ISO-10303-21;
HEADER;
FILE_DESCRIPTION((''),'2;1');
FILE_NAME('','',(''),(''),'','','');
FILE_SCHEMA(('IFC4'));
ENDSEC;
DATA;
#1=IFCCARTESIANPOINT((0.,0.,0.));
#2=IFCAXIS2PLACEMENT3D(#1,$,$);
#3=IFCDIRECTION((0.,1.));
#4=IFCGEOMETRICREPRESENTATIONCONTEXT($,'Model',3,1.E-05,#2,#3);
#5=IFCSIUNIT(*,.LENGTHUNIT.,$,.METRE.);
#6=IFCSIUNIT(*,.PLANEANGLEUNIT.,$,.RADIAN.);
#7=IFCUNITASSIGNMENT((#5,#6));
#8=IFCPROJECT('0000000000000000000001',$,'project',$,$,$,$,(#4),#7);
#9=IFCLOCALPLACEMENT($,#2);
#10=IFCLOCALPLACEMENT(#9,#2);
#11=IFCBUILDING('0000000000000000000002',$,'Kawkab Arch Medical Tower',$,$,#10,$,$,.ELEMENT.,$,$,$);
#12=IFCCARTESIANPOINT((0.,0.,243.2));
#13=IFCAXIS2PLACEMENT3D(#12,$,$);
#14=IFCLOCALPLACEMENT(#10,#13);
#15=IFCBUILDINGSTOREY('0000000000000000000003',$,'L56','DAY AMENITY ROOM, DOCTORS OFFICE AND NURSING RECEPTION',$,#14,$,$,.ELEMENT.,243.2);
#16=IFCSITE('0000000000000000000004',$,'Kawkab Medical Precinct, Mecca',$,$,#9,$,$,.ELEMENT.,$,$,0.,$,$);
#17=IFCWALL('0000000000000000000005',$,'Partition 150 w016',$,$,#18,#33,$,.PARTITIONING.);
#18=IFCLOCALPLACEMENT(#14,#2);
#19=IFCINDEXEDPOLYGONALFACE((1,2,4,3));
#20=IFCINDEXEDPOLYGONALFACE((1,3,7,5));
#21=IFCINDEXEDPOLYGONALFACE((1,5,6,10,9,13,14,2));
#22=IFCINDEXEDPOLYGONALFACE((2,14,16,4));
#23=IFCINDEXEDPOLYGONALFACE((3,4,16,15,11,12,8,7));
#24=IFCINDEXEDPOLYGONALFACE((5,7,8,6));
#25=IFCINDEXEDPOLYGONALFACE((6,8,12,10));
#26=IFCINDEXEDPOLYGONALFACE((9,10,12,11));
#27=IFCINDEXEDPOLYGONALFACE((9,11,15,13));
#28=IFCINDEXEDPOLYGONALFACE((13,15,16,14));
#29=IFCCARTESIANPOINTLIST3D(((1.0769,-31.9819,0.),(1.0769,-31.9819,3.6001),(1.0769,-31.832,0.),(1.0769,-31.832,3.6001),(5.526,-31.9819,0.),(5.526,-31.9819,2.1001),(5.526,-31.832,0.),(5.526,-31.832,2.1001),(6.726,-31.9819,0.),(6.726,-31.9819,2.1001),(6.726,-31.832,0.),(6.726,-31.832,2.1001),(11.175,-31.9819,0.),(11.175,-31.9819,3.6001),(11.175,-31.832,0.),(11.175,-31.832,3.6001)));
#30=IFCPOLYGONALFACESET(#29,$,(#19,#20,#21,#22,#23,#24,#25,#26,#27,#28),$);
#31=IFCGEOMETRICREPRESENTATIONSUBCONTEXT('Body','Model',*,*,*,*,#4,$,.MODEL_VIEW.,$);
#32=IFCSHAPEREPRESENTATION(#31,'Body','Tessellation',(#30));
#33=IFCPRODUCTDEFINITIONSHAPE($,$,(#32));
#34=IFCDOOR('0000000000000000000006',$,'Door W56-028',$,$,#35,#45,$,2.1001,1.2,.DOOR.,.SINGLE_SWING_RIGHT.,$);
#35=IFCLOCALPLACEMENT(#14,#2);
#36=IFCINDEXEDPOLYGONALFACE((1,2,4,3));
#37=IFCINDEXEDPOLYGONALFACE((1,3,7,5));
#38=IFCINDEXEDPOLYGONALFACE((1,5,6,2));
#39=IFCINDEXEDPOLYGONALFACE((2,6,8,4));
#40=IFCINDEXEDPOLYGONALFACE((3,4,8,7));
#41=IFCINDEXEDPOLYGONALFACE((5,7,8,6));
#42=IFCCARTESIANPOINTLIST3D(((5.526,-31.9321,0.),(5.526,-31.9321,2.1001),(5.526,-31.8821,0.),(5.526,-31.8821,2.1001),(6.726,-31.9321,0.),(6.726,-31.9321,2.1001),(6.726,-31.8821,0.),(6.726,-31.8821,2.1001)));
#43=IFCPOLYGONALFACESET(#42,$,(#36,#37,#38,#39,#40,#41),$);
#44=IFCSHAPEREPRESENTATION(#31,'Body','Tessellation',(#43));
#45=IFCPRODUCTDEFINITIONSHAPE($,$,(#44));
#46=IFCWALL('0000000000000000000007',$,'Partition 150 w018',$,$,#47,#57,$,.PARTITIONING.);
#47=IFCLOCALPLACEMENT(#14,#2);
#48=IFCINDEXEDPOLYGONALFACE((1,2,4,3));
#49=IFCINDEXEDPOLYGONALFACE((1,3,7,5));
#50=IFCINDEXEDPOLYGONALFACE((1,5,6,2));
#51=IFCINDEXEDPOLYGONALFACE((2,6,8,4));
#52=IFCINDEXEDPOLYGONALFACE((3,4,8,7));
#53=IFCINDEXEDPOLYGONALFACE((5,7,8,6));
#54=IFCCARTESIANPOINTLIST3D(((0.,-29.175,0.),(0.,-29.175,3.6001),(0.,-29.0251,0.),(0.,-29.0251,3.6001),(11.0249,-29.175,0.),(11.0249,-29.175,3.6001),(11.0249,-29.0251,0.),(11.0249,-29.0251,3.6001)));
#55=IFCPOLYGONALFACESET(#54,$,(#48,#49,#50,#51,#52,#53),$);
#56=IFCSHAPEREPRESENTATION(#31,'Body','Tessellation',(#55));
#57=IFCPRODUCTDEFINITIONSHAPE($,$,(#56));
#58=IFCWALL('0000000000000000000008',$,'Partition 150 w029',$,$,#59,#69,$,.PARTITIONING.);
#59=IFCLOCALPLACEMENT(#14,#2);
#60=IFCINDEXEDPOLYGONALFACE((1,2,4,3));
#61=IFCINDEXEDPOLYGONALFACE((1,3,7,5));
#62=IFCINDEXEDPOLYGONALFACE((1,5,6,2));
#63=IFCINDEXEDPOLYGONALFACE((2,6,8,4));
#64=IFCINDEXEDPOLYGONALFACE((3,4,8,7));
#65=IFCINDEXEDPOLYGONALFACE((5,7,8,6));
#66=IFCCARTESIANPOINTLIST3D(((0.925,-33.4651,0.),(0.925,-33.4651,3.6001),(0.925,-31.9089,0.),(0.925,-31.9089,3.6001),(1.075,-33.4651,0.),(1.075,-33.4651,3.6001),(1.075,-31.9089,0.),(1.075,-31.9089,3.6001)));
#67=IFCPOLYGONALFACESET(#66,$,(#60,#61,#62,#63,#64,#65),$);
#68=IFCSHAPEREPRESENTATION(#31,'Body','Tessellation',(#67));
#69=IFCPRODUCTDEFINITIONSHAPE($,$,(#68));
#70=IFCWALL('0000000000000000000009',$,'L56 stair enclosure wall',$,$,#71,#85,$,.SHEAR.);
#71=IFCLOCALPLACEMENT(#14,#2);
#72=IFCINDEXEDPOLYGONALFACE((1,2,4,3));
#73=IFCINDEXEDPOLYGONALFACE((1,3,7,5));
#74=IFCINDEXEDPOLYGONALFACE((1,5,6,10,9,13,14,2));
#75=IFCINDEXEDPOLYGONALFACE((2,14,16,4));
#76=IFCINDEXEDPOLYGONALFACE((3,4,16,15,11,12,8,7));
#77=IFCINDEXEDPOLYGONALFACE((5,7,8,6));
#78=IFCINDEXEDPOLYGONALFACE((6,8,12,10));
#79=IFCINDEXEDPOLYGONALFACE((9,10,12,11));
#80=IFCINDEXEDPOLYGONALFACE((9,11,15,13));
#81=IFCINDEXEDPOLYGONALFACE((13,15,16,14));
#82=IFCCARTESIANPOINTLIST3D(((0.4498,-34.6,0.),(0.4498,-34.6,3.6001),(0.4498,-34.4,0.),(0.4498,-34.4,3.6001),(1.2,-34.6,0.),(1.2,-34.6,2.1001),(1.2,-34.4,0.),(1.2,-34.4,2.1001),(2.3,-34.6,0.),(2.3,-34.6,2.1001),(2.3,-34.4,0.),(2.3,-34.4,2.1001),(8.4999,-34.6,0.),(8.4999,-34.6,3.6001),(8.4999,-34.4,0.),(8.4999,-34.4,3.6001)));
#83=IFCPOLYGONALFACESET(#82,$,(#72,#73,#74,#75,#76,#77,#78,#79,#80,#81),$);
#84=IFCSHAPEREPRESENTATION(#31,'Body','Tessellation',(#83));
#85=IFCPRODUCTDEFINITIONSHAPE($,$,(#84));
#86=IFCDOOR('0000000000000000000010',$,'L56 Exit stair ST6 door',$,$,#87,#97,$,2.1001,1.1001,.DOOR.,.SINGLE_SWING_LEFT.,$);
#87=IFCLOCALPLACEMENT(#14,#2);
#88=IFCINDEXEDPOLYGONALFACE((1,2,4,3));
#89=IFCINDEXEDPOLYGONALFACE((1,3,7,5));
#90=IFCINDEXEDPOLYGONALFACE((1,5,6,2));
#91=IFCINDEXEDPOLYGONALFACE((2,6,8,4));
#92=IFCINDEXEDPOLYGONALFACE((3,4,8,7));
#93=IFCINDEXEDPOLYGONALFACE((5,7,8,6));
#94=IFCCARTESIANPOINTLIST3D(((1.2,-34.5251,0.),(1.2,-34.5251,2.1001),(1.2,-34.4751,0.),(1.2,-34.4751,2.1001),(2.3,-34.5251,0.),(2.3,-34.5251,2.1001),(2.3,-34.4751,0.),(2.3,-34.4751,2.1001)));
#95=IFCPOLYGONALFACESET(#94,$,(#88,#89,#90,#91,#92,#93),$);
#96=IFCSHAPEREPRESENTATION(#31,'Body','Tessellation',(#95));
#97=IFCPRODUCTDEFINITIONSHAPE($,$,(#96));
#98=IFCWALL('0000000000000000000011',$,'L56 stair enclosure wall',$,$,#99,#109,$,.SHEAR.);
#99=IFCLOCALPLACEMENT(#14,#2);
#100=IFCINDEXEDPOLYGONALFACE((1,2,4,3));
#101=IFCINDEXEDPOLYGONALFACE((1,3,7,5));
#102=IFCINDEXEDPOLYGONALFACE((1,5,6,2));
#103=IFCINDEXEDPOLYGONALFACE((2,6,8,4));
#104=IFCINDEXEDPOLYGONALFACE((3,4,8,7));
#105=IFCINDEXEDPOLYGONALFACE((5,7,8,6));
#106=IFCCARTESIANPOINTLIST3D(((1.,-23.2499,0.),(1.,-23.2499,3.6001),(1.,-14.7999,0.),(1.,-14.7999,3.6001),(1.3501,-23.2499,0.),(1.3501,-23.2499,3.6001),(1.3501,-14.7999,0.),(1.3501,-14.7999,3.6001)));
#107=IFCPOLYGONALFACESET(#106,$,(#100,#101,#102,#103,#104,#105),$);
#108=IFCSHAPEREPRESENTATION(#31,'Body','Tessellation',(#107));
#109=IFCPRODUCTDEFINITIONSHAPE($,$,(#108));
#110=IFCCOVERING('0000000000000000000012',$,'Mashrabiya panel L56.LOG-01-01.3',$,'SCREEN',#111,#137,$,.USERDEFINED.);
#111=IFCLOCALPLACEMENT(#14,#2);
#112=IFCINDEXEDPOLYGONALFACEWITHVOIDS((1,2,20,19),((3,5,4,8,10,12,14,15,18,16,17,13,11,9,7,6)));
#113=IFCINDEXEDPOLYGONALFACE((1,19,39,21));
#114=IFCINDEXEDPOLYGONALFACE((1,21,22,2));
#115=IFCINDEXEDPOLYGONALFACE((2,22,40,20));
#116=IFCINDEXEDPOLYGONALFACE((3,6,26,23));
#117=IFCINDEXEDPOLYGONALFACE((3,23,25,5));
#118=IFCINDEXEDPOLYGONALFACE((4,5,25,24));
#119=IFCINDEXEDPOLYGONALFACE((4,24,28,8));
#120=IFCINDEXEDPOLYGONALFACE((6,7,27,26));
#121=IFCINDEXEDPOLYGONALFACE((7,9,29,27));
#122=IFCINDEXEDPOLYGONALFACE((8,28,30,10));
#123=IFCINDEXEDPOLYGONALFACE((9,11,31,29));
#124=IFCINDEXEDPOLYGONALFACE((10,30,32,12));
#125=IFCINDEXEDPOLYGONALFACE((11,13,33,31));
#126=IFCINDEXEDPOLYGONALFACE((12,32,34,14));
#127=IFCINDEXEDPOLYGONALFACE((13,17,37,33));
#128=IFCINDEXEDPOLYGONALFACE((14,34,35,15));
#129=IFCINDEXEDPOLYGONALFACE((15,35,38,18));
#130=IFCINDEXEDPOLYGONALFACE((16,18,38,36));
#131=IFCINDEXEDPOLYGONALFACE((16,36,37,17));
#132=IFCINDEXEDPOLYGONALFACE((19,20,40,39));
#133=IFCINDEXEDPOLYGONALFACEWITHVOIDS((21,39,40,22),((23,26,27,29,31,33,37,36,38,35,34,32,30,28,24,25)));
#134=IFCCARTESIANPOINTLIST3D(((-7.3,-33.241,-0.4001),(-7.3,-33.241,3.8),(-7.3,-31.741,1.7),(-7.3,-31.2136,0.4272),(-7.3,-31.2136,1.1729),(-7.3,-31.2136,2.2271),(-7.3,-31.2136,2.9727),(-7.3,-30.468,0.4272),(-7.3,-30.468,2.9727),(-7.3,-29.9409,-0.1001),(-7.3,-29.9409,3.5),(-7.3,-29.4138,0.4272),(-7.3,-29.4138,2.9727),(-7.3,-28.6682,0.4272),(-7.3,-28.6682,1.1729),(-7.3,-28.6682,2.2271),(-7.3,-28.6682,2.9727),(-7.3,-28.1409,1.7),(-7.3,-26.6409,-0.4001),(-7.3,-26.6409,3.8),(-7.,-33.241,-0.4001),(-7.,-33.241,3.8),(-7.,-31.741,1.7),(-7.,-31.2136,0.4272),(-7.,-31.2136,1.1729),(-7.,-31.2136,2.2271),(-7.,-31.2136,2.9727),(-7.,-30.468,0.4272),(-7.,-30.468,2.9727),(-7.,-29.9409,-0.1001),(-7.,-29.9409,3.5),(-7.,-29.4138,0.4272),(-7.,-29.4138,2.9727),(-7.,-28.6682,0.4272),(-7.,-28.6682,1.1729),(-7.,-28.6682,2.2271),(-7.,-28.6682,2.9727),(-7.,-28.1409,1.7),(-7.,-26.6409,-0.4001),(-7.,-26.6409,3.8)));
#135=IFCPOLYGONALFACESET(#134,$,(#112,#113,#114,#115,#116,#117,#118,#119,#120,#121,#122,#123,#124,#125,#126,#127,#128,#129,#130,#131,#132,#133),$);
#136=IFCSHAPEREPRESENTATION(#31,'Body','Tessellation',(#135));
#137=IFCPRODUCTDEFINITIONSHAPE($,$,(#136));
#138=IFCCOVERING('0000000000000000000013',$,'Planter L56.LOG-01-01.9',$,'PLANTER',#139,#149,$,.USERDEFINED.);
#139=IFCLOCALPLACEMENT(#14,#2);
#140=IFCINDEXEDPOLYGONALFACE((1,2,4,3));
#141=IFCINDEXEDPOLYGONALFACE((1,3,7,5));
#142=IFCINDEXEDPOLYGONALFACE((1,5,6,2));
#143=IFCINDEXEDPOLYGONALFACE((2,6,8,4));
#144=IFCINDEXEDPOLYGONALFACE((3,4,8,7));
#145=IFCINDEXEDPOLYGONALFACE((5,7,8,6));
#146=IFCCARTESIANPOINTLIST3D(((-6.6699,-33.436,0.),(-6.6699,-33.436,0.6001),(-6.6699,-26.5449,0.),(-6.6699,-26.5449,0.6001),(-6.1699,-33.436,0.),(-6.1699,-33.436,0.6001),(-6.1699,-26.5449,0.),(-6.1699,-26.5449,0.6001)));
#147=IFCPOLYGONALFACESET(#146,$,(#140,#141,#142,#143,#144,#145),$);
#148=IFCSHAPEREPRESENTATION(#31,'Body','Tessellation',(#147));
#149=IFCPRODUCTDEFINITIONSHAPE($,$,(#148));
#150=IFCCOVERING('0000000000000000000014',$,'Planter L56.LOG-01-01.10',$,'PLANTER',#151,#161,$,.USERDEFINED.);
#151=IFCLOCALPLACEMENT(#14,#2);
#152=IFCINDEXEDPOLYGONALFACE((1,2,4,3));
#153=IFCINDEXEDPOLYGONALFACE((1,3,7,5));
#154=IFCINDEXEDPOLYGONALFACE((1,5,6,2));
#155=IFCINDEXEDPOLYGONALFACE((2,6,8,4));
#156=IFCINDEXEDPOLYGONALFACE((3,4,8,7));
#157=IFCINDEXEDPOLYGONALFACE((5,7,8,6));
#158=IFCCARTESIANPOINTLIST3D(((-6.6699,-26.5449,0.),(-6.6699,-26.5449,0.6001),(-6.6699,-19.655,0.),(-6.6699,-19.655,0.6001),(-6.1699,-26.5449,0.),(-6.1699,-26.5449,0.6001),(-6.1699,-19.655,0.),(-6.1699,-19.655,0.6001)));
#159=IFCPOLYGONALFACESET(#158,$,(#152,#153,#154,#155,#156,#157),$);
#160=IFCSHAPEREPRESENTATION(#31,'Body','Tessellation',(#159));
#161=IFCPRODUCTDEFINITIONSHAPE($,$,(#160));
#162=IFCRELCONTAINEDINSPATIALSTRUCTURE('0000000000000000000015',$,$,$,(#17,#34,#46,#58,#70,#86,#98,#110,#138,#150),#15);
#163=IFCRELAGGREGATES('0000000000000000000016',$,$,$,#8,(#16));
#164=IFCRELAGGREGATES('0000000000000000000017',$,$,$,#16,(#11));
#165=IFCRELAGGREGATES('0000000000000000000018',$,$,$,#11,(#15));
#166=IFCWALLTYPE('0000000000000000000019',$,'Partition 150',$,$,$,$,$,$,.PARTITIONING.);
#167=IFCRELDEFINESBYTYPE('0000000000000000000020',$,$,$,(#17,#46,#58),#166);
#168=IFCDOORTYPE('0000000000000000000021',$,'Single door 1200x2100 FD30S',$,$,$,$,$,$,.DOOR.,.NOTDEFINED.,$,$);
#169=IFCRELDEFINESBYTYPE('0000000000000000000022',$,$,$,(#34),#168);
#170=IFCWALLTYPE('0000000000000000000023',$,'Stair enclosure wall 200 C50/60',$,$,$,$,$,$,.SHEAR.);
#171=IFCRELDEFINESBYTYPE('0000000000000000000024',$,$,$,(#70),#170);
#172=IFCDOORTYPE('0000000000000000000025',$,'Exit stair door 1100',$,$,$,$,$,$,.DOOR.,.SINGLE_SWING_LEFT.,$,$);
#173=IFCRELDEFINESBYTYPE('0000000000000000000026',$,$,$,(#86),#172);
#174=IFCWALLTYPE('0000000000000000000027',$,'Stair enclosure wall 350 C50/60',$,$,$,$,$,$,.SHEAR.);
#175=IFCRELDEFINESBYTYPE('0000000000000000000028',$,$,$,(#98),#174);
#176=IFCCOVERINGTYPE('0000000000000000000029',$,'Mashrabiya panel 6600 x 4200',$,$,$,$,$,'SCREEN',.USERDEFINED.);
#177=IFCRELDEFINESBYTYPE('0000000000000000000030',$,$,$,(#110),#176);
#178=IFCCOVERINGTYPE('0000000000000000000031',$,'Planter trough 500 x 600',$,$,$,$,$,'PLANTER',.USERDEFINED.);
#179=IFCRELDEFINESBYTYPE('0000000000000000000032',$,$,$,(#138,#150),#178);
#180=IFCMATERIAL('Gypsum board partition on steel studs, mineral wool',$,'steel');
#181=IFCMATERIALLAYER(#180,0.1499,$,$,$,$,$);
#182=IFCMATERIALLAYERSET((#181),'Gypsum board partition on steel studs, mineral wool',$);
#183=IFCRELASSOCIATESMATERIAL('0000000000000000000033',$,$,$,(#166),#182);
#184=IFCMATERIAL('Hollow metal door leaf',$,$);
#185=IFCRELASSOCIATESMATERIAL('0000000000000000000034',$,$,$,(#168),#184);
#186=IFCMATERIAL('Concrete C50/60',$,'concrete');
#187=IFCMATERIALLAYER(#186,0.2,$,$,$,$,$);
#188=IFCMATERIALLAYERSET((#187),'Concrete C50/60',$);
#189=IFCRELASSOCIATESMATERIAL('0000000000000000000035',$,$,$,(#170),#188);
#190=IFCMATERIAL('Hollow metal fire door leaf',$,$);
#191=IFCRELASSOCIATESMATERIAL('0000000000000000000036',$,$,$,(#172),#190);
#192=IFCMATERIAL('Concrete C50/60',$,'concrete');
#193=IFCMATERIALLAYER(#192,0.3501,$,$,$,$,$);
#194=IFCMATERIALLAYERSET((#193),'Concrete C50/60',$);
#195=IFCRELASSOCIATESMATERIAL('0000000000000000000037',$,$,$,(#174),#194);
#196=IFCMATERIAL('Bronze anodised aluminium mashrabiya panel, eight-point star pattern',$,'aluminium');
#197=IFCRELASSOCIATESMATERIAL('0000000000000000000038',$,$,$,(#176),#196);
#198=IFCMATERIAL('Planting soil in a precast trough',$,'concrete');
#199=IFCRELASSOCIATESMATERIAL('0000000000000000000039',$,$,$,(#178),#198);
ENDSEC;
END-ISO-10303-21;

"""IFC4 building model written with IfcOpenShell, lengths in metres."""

from ifc_helpers import new_model, si_unit, direction, frame, frame_2d, origin, origin_2d, place, context, subcontext, project, spatial, polyline, rectangle, outline, extrude, material, layer, layer_set, material_profile, profile_set, type_object, element, fill, save


model = new_model("IFC4")

# Units and contexts
model_context = context("Model", 3, precision=1e-05, world=origin(), true_north=direction((0.0, 1.0)))
body_context = subcontext(model_context, "Body", "Model", "MODEL_VIEW")
ifc_project = project(units=[si_unit("LENGTHUNIT", "METRE"), si_unit("PLANEANGLEUNIT", "RADIAN")], contexts=[model_context])

# Site, building, storey
site_placement = place(None, origin())
site = spatial("IfcSite", under=ifc_project, at=site_placement, Name="Kawkab Medical Precinct, Mecca", CompositionType="ELEMENT", RefElevation=0.0)
building_placement = place(site_placement, origin())
building = spatial("IfcBuilding", under=site, at=building_placement, Name="Kawkab Arch Medical Tower", CompositionType="ELEMENT")
storey_placement = place(building_placement, frame((0.0, 0.0, 243.2)))
storey = spatial("IfcBuildingStorey", under=building, at=storey_placement, Name="L56", Description="DAY AMENITY ROOM, DOCTORS OFFICE AND NURSING RECEPTION", CompositionType="ELEMENT", Elevation=243.2)

# Shared definitions
ifc_material_1 = material(Name="Gypsum board partition on steel studs, mineral wool", Category="steel")
ifc_layer_1 = layer(ifc_material_1, 0.1499)
ifc_layer_set_1 = layer_set([ifc_layer_1], Name="Gypsum board partition on steel studs, mineral wool")
wall_type_1 = type_object("IfcWallType", Name="Partition 150", PredefinedType="PARTITIONING", material=ifc_layer_set_1)

# Wall, opening, door
wall_1_placement = place(storey_placement, frame((1.0769, -31.907, 0.0), z_axis=(0.0, 0.0, 1.0), x_axis=(1.0, 0.0, 0.0)))
wall_1 = element("IfcWall", 1, at=wall_1_placement, inside=storey, type_object=wall_type_1, Name="Partition 150 w016", PredefinedType="PARTITIONING", context=body_context, shape_type="SweptSolid", body=[
    extrude(rectangle(XDim=10.0981, YDim=0.1499, at=frame_2d((5.0491, 0.0))), origin(), (0.0, 0.0, 1.0), 3.6001),
])
opening_1_placement = place(wall_1_placement, frame((4.449, 0.0, 0.0)))
opening_1 = element("IfcOpeningElement", 2, at=opening_1_placement, cuts=wall_1, PredefinedType="OPENING", context=body_context, shape_type="SweptSolid", body=[
    extrude(rectangle(XDim=1.2, YDim=2.1001, at=frame_2d((0.6001, 1.05))), frame((0.0, 0.085, 0.0), z_axis=(0.0, -1.0, 0.0), x_axis=(1.0, 0.0, 0.0)), (0.0, 0.0, 1.0), 0.1699),
])
ifc_material_2 = material(Name="Hollow metal door leaf")
door_type_1 = type_object("IfcDoorType", Name="Single door 1200x2100 FD30S", OperationType="NOTDEFINED", PredefinedType="DOOR", material=ifc_material_2)
door_1_placement = place(opening_1_placement, origin())
door_1 = element("IfcDoor", 3, at=door_1_placement, inside=storey, type_object=door_type_1, Name="Door W56-028", OperationType="SINGLE_SWING_RIGHT", OverallHeight=2.1001, OverallWidth=1.2, PredefinedType="DOOR", context=body_context, shape_type="SweptSolid", body=[
    extrude(rectangle(XDim=1.2, YDim=2.1001, at=frame_2d((0.6001, 1.05))), frame((0.0, 0.0249, 0.0), z_axis=(0.0, -1.0, 0.0), x_axis=(1.0, 0.0, 0.0)), (0.0, 0.0, 1.0), 0.05),
])
fill(opening_1, door_1)

# Walls
wall_2_placement = place(storey_placement, frame((0.0, -29.1001, 0.0), z_axis=(0.0, 0.0, 1.0), x_axis=(1.0, 0.0, 0.0)))
element("IfcWall", 4, at=wall_2_placement, inside=storey, type_object=wall_type_1, Name="Partition 150 w018", PredefinedType="PARTITIONING", context=body_context, shape_type="SweptSolid", body=[
    extrude(rectangle(XDim=11.0249, YDim=0.1499, at=frame_2d((5.5125, 0.0))), origin(), (0.0, 0.0, 1.0), 3.6001),
])
wall_3_placement = place(storey_placement, frame((1.0, -33.4651, 0.0), z_axis=(0.0, 0.0, 1.0), x_axis=(0.0, 1.0, 0.0)))
element("IfcWall", 5, at=wall_3_placement, inside=storey, type_object=wall_type_1, Name="Partition 150 w029", PredefinedType="PARTITIONING", context=body_context, shape_type="SweptSolid", body=[
    extrude(rectangle(XDim=1.5562, YDim=0.1499, at=frame_2d((0.7781, 0.0))), origin(), (0.0, 0.0, 1.0), 3.6001),
])

# Wall, opening, door
ifc_material_3 = material(Name="Concrete C50/60", Category="concrete")
ifc_layer_2 = layer(ifc_material_3, 0.2)
ifc_layer_set_2 = layer_set([ifc_layer_2], Name="Concrete C50/60")
wall_type_2 = type_object("IfcWallType", Name="Stair enclosure wall 200 C50/60", PredefinedType="SHEAR", material=ifc_layer_set_2)
wall_4_placement = place(storey_placement, frame((0.45, -34.5, 0.0), z_axis=(0.0, 0.0, 1.0), x_axis=(1.0, 0.0, 0.0)))
wall_4 = element("IfcWall", 6, at=wall_4_placement, inside=storey, type_object=wall_type_2, Name="L56 stair enclosure wall", PredefinedType="SHEAR", context=body_context, shape_type="SweptSolid", body=[
    extrude(rectangle(XDim=8.05, YDim=0.2, at=frame_2d((4.0249, 0.0))), origin(), (0.0, 0.0, 1.0), 3.6001),
])
opening_2_placement = place(wall_4_placement, frame((0.75, 0.0, 0.0)))
opening_2 = element("IfcOpeningElement", 7, at=opening_2_placement, cuts=wall_4, PredefinedType="OPENING", context=body_context, shape_type="SweptSolid", body=[
    extrude(rectangle(XDim=1.1001, YDim=2.1001, at=frame_2d((0.55, 1.05))), frame((0.0, 0.1099, 0.0), z_axis=(0.0, -1.0, 0.0), x_axis=(1.0, 0.0, 0.0)), (0.0, 0.0, 1.0), 0.22),
])
ifc_material_4 = material(Name="Hollow metal fire door leaf")
door_type_2 = type_object("IfcDoorType", Name="Exit stair door 1100", OperationType="SINGLE_SWING_LEFT", PredefinedType="DOOR", material=ifc_material_4)
door_2_placement = place(opening_2_placement, origin())
door_2 = element("IfcDoor", 8, at=door_2_placement, inside=storey, type_object=door_type_2, Name="L56 Exit stair ST6 door", OperationType="SINGLE_SWING_LEFT", OverallHeight=2.1001, OverallWidth=1.1001, PredefinedType="DOOR", context=body_context, shape_type="SweptSolid", body=[
    extrude(rectangle(XDim=1.1001, YDim=2.1001, at=frame_2d((0.55, 1.05))), frame((0.0, 0.0249, 0.0), z_axis=(0.0, -1.0, 0.0), x_axis=(1.0, 0.0, 0.0)), (0.0, 0.0, 1.0), 0.05),
])
fill(opening_2, door_2)

# Wall
ifc_material_5 = material(Name="Concrete C50/60", Category="concrete")
ifc_layer_3 = layer(ifc_material_5, 0.3501)
ifc_layer_set_3 = layer_set([ifc_layer_3], Name="Concrete C50/60")
wall_type_3 = type_object("IfcWallType", Name="Stair enclosure wall 350 C50/60", PredefinedType="SHEAR", material=ifc_layer_set_3)
wall_5_placement = place(storey_placement, frame((1.175, -23.25, 0.0), z_axis=(0.0, 0.0, 1.0), x_axis=(0.0, 1.0, 0.0)))
element("IfcWall", 9, at=wall_5_placement, inside=storey, type_object=wall_type_3, Name="L56 stair enclosure wall", PredefinedType="SHEAR", context=body_context, shape_type="SweptSolid", body=[
    extrude(rectangle(XDim=8.45, YDim=0.3501, at=frame_2d((4.2251, 0.0))), origin(), (0.0, 0.0, 1.0), 3.6001),
])

# Coverings
ifc_material_6 = material(Name="Bronze anodised aluminium mashrabiya panel, eight-point star pattern", Category="aluminium")
ifc_material_profile_1 = material_profile(ifc_material_6, outline(polyline([(-3.3, -2.1001), (3.3, -2.1001), (3.3, 2.1001), (-3.3, 2.1001), (-3.3, -2.1001)]), holes=[polyline([(1.8, 0.0), (1.2727, 0.5271), (1.2727, 1.2727), (0.5271, 1.2727), (0.0, 1.8), (-0.5271, 1.2727), (-1.2727, 1.2727), (-1.2727, 0.5271), (-1.8, 0.0), (-1.2727, -0.5271), (-1.2727, -1.2727), (-0.5271, -1.2727), (0.0, -1.8), (0.5271, -1.2727), (1.2727, -1.2727), (1.2727, -0.5271), (1.8, 0.0)])]), Name="Mashrabiya panel 6600x4200")
ifc_profile_set_1 = profile_set([ifc_material_profile_1], Name="Bronze anodised aluminium mashrabiya panel, eight-point star pattern")
covering_type_1 = type_object("IfcCoveringType", Name="Mashrabiya panel 6600 x 4200", ElementType="SCREEN", PredefinedType="USERDEFINED", material=ifc_profile_set_1)
covering_1_placement = place(storey_placement, frame((-7.0, -29.9409, 1.7), z_axis=(-1.0, 0.0, 0.0), x_axis=(0.0, -1.0, 0.0)))
element("IfcCovering", 10, at=covering_1_placement, inside=storey, type_object=covering_type_1, Name="Mashrabiya panel L56.LOG-01-01.3", ObjectType="SCREEN", PredefinedType="USERDEFINED", context=body_context, shape_type="SweptSolid", body=[
    extrude(outline(polyline([(-3.3, -2.1001), (3.3, -2.1001), (3.3, 2.1001), (-3.3, 2.1001), (-3.3, -2.1001)]), holes=[polyline([(1.8, 0.0), (1.2727, 0.5271), (1.2727, 1.2727), (0.5271, 1.2727), (0.0, 1.8), (-0.5271, 1.2727), (-1.2727, 1.2727), (-1.2727, 0.5271), (-1.8, 0.0), (-1.2727, -0.5271), (-1.2727, -1.2727), (-0.5271, -1.2727), (0.0, -1.8), (0.5271, -1.2727), (1.2727, -1.2727), (1.2727, -0.5271), (1.8, 0.0)])]), origin(), (0.0, 0.0, 1.0), 0.3),
])
ifc_material_7 = material(Name="Planting soil in a precast trough", Category="concrete")
ifc_material_profile_2 = material_profile(ifc_material_7, rectangle(XDim=0.5, YDim=0.6001, at=origin_2d()), Name="Trough 500x600")
ifc_profile_set_2 = profile_set([ifc_material_profile_2], Name="Planting soil in a precast trough")
covering_type_2 = type_object("IfcCoveringType", Name="Planter trough 500 x 600", ElementType="PLANTER", PredefinedType="USERDEFINED", material=ifc_profile_set_2)
covering_2_placement = place(storey_placement, frame((-6.4199, -33.436, 0.3), z_axis=(0.0, 1.0, 0.0), x_axis=(-1.0, 0.0, 0.0)))
element("IfcCovering", 11, at=covering_2_placement, inside=storey, type_object=covering_type_2, Name="Planter L56.LOG-01-01.9", ObjectType="PLANTER", PredefinedType="USERDEFINED", context=body_context, shape_type="SweptSolid", body=[
    extrude(rectangle(XDim=0.5, YDim=0.6001, at=origin_2d()), origin(), (0.0, 0.0, 1.0), 6.8911),
])
covering_3_placement = place(storey_placement, frame((-6.4199, -26.5449, 0.3), z_axis=(0.0, 1.0, 0.0), x_axis=(-1.0, 0.0, 0.0)))
element("IfcCovering", 12, at=covering_3_placement, inside=storey, type_object=covering_type_2, Name="Planter L56.LOG-01-01.10", ObjectType="PLANTER", PredefinedType="USERDEFINED", context=body_context, shape_type="SweptSolid", body=[
    extrude(rectangle(XDim=0.5, YDim=0.6001, at=origin_2d()), origin(), (0.0, 0.0, 1.0), 6.8899),
])

save(model, "model.ifc")
